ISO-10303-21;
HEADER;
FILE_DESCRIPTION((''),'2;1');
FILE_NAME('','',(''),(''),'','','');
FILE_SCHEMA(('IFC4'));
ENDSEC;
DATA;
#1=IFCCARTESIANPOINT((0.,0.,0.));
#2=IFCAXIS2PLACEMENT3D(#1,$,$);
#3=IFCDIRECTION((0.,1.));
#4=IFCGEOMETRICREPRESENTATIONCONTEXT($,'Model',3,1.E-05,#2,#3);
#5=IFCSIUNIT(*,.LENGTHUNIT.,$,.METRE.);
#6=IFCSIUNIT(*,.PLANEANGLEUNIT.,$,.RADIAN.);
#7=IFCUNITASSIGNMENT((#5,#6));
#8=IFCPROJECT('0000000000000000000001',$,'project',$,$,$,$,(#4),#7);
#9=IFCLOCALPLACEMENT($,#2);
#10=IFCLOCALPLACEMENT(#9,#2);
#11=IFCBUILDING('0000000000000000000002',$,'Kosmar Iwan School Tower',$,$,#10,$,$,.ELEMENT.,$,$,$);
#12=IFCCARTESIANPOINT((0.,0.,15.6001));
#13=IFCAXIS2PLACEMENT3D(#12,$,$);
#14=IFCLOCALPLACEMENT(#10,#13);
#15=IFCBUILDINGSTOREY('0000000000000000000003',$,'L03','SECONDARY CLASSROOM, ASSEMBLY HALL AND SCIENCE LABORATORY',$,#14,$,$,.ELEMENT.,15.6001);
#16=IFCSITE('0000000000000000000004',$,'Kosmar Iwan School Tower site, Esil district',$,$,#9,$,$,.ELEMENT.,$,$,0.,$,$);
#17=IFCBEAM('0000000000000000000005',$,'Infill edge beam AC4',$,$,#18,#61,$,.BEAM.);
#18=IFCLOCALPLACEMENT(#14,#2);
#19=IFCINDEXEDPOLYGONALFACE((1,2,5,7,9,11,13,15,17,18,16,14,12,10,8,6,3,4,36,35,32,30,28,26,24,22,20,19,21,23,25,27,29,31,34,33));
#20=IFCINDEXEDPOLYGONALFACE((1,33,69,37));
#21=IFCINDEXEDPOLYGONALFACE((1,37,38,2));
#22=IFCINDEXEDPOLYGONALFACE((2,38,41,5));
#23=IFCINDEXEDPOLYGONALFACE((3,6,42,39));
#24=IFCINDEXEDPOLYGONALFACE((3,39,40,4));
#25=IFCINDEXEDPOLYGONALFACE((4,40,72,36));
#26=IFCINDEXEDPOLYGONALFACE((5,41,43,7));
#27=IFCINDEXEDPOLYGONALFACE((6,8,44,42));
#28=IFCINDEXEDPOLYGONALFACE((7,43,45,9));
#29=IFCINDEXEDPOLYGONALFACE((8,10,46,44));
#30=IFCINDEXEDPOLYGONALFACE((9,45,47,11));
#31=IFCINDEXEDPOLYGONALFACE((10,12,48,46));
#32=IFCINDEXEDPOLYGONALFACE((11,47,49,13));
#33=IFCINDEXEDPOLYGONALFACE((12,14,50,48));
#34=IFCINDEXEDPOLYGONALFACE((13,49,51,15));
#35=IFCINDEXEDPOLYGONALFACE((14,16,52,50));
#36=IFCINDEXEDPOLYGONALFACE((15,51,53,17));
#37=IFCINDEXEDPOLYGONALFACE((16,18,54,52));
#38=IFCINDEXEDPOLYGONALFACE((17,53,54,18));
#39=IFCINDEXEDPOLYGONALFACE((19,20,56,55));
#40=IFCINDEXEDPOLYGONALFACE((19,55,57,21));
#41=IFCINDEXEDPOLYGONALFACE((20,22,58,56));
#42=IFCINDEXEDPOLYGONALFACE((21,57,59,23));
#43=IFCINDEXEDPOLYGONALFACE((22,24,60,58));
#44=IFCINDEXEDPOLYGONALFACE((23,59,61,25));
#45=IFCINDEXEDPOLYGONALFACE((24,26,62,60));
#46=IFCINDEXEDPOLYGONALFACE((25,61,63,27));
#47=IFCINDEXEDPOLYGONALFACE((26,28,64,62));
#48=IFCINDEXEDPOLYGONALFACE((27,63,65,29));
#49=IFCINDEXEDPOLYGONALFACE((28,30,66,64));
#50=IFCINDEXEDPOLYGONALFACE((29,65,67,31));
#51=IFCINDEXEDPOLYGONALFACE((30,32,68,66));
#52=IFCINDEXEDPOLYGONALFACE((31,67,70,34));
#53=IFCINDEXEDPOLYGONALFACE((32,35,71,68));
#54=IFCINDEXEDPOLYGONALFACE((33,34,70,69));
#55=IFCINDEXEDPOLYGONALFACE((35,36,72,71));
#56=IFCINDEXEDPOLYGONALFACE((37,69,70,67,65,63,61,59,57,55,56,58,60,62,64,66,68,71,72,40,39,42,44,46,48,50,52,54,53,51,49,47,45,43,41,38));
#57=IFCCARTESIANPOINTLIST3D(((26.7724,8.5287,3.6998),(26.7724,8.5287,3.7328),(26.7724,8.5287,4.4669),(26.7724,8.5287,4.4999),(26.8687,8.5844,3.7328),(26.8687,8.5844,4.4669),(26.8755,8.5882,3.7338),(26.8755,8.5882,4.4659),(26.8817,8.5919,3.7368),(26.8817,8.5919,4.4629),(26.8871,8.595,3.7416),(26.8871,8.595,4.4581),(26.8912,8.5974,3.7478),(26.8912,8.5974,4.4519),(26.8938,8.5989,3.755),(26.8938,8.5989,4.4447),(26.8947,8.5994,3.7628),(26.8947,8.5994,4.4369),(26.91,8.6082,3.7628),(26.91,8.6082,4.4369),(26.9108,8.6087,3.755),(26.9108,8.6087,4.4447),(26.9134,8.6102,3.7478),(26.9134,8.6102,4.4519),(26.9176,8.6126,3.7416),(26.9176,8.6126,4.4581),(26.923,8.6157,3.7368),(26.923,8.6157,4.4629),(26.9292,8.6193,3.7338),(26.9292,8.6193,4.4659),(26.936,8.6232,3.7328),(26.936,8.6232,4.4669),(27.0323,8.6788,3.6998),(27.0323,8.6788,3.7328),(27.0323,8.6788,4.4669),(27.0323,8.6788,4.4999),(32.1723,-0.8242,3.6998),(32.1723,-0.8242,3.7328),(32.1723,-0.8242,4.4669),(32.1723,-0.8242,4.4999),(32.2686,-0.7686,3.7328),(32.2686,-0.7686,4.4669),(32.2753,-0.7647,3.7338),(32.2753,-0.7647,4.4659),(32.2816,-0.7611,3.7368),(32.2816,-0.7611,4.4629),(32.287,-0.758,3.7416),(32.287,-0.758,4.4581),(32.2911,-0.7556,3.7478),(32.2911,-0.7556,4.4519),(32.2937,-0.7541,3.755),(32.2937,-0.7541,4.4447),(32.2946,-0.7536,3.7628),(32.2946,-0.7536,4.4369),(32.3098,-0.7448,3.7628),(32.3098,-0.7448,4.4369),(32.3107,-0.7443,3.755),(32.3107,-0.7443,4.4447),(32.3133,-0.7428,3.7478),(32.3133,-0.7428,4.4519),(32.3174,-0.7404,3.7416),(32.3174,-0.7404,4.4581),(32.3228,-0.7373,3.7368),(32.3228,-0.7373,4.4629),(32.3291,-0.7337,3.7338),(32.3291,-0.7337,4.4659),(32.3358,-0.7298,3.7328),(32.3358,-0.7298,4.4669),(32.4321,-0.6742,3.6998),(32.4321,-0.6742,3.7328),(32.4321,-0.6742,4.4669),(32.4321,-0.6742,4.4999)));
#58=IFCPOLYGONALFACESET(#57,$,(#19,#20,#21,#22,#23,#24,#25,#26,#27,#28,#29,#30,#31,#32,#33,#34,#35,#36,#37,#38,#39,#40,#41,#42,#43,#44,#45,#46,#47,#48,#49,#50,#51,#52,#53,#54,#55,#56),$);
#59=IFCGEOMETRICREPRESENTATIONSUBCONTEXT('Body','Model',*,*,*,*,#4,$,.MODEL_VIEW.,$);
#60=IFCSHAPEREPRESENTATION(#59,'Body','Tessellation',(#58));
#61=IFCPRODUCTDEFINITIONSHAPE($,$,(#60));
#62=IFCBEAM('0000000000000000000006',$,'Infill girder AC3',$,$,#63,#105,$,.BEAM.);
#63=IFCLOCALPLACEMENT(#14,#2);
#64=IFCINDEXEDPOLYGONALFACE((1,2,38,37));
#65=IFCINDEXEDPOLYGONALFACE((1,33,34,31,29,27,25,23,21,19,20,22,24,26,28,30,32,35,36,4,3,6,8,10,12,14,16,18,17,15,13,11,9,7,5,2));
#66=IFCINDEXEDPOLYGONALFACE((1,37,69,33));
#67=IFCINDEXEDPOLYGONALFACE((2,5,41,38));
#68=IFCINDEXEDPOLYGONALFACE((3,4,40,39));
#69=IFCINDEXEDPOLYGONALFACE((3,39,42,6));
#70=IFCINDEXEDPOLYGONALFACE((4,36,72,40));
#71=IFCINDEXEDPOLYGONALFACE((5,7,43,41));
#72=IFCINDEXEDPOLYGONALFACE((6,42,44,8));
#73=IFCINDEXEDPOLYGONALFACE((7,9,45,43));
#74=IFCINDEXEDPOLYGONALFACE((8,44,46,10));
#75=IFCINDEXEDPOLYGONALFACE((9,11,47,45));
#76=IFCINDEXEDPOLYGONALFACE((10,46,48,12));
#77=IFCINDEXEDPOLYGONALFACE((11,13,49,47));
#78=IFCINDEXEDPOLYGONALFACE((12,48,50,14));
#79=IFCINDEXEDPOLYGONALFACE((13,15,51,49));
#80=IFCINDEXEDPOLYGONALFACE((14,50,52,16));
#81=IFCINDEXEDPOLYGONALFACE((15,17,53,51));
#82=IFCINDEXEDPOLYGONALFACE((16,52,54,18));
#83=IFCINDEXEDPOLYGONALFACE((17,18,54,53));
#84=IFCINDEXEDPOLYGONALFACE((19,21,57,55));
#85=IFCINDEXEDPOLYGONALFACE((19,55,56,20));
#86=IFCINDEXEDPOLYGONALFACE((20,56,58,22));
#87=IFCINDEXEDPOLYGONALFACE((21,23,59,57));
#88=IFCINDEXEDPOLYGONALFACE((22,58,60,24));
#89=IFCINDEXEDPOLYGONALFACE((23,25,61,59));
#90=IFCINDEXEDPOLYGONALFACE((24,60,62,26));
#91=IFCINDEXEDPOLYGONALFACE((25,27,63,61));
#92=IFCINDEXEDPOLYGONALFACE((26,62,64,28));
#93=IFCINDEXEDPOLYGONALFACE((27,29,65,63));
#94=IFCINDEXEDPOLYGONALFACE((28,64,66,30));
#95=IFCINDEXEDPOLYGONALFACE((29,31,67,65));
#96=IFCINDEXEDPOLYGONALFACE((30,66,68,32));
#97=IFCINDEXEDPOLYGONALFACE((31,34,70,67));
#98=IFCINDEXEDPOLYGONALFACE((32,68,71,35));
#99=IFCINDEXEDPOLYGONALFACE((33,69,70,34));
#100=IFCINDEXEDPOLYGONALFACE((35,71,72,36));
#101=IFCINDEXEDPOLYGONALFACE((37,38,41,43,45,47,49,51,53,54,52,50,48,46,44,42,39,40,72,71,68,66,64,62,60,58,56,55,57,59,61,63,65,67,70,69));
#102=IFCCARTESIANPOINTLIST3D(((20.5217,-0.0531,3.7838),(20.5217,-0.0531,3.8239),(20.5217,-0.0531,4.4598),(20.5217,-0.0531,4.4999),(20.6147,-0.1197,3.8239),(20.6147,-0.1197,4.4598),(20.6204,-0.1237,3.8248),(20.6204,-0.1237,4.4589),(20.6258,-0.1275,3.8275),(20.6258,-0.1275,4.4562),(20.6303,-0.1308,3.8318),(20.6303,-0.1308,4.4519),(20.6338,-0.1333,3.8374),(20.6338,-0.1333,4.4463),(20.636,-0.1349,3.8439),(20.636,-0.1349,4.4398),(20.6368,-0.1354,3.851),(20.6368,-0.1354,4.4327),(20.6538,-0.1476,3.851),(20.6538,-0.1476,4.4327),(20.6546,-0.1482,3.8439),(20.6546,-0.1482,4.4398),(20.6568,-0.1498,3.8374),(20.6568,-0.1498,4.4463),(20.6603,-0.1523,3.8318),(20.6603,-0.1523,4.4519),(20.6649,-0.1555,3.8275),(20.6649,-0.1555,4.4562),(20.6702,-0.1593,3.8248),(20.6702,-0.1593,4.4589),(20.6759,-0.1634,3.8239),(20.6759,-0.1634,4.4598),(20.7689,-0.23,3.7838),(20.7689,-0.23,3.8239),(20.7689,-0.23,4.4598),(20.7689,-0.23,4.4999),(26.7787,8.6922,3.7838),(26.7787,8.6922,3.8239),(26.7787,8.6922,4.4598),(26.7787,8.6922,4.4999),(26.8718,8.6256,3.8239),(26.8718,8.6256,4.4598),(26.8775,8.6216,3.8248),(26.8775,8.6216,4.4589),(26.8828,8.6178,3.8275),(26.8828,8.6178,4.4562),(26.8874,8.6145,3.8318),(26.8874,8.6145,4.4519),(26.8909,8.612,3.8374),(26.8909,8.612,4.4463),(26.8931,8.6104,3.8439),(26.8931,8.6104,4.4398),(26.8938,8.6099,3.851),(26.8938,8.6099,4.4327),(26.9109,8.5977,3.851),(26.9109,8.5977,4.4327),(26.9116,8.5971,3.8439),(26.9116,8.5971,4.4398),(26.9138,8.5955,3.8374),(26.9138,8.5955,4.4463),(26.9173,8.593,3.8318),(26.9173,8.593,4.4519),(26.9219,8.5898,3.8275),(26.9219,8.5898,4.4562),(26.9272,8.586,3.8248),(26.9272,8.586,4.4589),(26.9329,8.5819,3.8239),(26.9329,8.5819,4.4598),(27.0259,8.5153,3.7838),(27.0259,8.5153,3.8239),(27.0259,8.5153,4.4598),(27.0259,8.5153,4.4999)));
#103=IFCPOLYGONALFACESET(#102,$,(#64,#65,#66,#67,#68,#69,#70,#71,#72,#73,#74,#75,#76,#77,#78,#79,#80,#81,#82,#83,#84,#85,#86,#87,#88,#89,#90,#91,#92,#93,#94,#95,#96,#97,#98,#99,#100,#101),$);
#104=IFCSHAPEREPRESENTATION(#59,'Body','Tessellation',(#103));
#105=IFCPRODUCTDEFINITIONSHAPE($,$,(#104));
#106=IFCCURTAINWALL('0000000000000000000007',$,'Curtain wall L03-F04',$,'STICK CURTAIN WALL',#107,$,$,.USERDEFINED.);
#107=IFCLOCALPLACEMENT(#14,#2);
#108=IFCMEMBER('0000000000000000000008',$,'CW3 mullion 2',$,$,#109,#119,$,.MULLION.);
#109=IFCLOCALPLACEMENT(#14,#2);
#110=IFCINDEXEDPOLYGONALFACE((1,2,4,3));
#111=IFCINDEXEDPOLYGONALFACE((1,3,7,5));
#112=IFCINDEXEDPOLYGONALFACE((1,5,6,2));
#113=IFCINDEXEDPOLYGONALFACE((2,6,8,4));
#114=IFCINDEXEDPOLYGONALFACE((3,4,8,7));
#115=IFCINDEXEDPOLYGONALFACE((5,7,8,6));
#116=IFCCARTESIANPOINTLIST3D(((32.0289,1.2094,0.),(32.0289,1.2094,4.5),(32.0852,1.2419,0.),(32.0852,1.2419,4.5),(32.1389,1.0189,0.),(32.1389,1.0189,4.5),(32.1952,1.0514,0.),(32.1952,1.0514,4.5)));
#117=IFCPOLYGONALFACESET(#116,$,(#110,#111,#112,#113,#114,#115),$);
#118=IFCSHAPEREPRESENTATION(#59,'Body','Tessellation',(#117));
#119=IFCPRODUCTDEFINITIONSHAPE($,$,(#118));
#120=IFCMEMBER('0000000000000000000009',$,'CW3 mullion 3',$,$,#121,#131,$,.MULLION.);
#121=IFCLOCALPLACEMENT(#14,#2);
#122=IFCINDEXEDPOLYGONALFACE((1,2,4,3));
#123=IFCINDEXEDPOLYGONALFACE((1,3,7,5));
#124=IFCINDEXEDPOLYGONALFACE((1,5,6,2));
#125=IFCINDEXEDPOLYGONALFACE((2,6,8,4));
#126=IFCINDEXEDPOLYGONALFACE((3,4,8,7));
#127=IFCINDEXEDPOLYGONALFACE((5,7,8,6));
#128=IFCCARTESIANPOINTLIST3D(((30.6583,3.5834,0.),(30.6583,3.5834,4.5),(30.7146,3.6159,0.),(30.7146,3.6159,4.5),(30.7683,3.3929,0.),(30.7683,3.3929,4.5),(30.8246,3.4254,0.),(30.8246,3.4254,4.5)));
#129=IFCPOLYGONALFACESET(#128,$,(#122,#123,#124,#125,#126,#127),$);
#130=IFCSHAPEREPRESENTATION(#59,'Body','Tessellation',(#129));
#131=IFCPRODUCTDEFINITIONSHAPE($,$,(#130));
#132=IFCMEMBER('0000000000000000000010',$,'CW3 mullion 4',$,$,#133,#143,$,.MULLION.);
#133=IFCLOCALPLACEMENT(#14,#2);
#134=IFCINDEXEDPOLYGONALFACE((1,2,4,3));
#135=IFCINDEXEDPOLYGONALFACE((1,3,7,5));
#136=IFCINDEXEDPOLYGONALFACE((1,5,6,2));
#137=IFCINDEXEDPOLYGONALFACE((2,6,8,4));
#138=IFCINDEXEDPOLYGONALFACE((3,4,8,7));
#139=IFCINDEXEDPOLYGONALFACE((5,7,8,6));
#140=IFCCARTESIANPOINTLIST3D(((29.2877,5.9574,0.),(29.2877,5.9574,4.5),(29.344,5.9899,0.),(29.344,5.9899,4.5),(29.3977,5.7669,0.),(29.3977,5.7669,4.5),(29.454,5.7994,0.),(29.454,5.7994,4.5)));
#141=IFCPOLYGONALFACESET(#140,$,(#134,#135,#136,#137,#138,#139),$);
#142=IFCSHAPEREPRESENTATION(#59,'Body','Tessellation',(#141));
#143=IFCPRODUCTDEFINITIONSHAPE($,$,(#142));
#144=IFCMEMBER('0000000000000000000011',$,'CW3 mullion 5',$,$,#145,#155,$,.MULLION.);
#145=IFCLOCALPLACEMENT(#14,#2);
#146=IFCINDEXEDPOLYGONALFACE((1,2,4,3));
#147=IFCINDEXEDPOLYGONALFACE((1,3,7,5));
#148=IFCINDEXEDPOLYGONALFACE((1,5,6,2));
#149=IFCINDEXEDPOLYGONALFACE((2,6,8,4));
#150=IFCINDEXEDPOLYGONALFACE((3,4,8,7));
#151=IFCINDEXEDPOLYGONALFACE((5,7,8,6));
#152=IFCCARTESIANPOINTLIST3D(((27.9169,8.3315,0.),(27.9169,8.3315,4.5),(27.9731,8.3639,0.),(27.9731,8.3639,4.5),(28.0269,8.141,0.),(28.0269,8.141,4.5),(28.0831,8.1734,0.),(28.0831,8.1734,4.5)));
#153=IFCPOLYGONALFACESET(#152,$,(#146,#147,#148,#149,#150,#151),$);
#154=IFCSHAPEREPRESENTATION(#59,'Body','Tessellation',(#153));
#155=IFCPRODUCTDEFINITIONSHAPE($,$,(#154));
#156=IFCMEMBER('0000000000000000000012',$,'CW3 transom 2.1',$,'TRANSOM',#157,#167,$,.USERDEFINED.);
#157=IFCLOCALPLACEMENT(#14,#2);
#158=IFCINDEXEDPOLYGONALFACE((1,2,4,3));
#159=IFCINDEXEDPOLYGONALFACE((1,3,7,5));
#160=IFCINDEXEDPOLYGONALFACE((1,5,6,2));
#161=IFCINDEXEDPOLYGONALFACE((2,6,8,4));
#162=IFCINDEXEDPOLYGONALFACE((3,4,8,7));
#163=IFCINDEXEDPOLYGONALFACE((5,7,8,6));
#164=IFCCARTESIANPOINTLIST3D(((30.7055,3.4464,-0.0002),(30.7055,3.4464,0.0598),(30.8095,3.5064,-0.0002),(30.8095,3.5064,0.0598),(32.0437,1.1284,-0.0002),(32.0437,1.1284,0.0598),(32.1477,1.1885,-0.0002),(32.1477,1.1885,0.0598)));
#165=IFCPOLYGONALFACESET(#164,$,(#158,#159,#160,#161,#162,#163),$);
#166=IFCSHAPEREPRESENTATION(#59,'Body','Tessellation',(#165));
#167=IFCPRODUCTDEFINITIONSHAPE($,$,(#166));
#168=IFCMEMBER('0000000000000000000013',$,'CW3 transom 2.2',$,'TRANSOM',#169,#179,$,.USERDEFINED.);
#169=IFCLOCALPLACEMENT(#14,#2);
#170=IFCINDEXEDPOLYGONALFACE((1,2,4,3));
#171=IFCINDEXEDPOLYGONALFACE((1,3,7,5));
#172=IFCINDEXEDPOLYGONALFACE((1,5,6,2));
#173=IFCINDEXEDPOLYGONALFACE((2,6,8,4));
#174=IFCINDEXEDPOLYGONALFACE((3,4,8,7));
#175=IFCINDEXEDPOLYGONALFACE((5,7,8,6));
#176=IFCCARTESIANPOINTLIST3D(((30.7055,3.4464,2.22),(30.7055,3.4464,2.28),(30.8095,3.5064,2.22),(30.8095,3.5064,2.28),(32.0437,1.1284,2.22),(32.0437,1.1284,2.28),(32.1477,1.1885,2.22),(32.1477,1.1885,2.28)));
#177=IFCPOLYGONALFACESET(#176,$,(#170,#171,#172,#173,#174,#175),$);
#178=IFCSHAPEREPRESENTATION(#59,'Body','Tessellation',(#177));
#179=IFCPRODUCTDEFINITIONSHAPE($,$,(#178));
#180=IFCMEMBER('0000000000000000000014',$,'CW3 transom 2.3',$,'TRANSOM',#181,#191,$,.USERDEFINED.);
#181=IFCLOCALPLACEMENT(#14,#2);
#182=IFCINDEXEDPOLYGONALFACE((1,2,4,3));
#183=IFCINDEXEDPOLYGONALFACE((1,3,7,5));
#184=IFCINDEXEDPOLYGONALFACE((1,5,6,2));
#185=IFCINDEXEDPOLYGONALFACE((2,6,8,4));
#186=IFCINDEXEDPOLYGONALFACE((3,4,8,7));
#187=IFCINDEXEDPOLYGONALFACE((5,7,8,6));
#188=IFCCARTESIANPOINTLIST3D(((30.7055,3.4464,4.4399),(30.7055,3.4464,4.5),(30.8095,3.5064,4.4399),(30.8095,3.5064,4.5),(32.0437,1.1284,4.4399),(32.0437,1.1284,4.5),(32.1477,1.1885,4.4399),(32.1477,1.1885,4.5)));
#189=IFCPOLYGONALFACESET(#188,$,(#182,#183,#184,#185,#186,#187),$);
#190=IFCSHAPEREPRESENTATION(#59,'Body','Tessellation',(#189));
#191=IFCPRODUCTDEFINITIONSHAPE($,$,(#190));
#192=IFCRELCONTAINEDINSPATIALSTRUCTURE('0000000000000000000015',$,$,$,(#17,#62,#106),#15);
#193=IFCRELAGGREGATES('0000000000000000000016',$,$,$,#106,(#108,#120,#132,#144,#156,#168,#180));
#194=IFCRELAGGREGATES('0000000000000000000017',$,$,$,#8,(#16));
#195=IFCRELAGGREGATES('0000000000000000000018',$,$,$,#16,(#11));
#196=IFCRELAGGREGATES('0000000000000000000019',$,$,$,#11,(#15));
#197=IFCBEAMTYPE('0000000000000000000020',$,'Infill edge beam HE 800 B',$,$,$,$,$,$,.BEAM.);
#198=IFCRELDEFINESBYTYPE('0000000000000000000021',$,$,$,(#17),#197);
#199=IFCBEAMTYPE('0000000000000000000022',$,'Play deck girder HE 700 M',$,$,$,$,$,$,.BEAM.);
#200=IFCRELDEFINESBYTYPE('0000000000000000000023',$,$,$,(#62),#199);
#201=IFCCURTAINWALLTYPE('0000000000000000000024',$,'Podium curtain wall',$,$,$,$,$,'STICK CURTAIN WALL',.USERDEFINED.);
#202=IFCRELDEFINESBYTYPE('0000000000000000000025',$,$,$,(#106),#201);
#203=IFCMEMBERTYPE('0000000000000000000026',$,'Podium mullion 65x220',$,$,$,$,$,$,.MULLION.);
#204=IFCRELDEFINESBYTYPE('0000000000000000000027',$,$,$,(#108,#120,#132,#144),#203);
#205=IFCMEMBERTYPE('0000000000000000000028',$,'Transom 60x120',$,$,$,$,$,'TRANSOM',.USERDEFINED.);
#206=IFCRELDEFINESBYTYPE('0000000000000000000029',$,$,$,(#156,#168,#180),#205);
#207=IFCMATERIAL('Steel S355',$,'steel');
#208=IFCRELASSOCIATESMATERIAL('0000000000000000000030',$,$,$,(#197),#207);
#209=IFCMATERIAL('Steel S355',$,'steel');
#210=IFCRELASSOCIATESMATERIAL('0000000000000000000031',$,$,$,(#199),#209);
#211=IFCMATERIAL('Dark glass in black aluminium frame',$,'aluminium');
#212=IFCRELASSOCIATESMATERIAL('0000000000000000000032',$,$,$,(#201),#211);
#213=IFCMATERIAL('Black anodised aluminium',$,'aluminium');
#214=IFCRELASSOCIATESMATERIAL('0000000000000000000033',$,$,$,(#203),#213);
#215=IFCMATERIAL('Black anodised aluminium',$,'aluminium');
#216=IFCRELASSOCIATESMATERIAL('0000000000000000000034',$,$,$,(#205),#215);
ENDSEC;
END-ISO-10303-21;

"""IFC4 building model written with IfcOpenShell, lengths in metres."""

from ifc_helpers import new_model, si_unit, direction, frame, origin, origin_2d, place, context, subcontext, project, spatial, rectangle, i_section, extrude, material, material_profile, profile_set, type_object, element, aggregate, save


model = new_model("IFC4")

# Units and contexts
model_context = context("Model", 3, precision=1e-05, world=origin(), true_north=direction((0.0, 1.0)))
body_context = subcontext(model_context, "Body", "Model", "MODEL_VIEW")
ifc_project = project(units=[si_unit("LENGTHUNIT", "METRE"), si_unit("PLANEANGLEUNIT", "RADIAN")], contexts=[model_context])

# Site, building, storey
site_placement = place(None, origin())
site = spatial("IfcSite", under=ifc_project, at=site_placement, Name="Kosmar Iwan School Tower site, Esil district", CompositionType="ELEMENT", RefElevation=0.0)
building_placement = place(site_placement, origin())
building = spatial("IfcBuilding", under=site, at=building_placement, Name="Kosmar Iwan School Tower", CompositionType="ELEMENT")
storey_placement = place(building_placement, frame((0.0, 0.0, 15.6001)))
storey = spatial("IfcBuildingStorey", under=building, at=storey_placement, Name="L03", Description="SECONDARY CLASSROOM, ASSEMBLY HALL AND SCIENCE LABORATORY", CompositionType="ELEMENT", Elevation=15.6001)

# Beams
ifc_material_1 = material(Name="Steel S355", Category="steel")
ifc_material_profile_1 = material_profile(ifc_material_1, i_section(OverallWidth=0.3, OverallDepth=0.8, WebThickness=0.0176, FlangeThickness=0.033, FilletRadius=0.03, at=origin_2d()), Name="HE 800 B")
ifc_profile_set_1 = profile_set([ifc_material_profile_1], Name="Steel S355")
beam_type_1 = type_object("IfcBeamType", Name="Infill edge beam HE 800 B", PredefinedType="BEAM", material=ifc_profile_set_1)
beam_1_placement = place(storey_placement, frame((26.9023, 8.6038, 4.0999), z_axis=(0.499995, -0.866028, 0.0), x_axis=(0.866028, 0.499995, 0.0)))
element("IfcBeam", 1, at=beam_1_placement, inside=storey, type_object=beam_type_1, Name="Infill edge beam AC4", PredefinedType="BEAM", context=body_context, shape_type="SweptSolid", body=[
    extrude(i_section(OverallWidth=0.3, OverallDepth=0.8, WebThickness=0.0176, FlangeThickness=0.033, FilletRadius=0.03, at=origin_2d()), origin(), (0.0, 0.0, 1.0), 10.7998),
])
ifc_material_2 = material(Name="Steel S355", Category="steel")
ifc_material_profile_2 = material_profile(ifc_material_2, i_section(OverallWidth=0.304, OverallDepth=0.7161, WebThickness=0.021, FlangeThickness=0.04, FilletRadius=0.0271, at=origin_2d()), Name="HE 700 M")
ifc_profile_set_2 = profile_set([ifc_material_profile_2], Name="Steel S355")
beam_type_2 = type_object("IfcBeamType", Name="Play deck girder HE 700 M", PredefinedType="BEAM", material=ifc_profile_set_2)
beam_2_placement = place(storey_placement, frame((26.9023, 8.6038, 4.1418), z_axis=(-0.581878, -0.813276, 0.0), x_axis=(0.813276, -0.581878, 0.0)))
element("IfcBeam", 2, at=beam_2_placement, inside=storey, type_object=beam_type_2, Name="Infill girder AC3", PredefinedType="BEAM", context=body_context, shape_type="SweptSolid", body=[
    extrude(i_section(OverallWidth=0.304, OverallDepth=0.7161, WebThickness=0.021, FlangeThickness=0.04, FilletRadius=0.0271, at=origin_2d()), origin(), (0.0, 0.0, 1.0), 10.7532),
])

# Curtain wall, members
ifc_material_3 = material(Name="Dark glass in black aluminium frame", Category="aluminium")
curtain_wall_type = type_object("IfcCurtainWallType", Name="Podium curtain wall", ElementType="STICK CURTAIN WALL", PredefinedType="USERDEFINED", material=ifc_material_3)
curtain_wall_placement = place(storey_placement, origin())
curtain_wall = element("IfcCurtainWall", 3, at=curtain_wall_placement, inside=storey, type_object=curtain_wall_type, Name="Curtain wall L03-F04", ObjectType="STICK CURTAIN WALL", PredefinedType="USERDEFINED")
ifc_material_4 = material(Name="Black anodised aluminium", Category="aluminium")
ifc_material_profile_3 = material_profile(ifc_material_4, rectangle(XDim=0.0649, YDim=0.22, at=origin_2d()), Name="MULLION 65x220")
ifc_profile_set_3 = profile_set([ifc_material_profile_3], Name="Black anodised aluminium")
member_type_1 = type_object("IfcMemberType", Name="Podium mullion 65x220", PredefinedType="MULLION", material=ifc_profile_set_3)
member_1_placement = place(storey_placement, frame((32.1121, 1.1304, 0.0), z_axis=(0.0, 0.0, 1.0), x_axis=(-0.866025, -0.5, 0.0)))
member_1 = element("IfcMember", 4, at=member_1_placement, type_object=member_type_1, Name="CW3 mullion 2", PredefinedType="MULLION", context=body_context, shape_type="SweptSolid", body=[
    extrude(rectangle(XDim=0.0649, YDim=0.22, at=origin_2d()), origin(), (0.0, 0.0, 1.0), 4.5),
])
member_2_placement = place(storey_placement, frame((30.7415, 3.5044, 0.0), z_axis=(0.0, 0.0, 1.0), x_axis=(-0.866025, -0.5, 0.0)))
member_2 = element("IfcMember", 5, at=member_2_placement, type_object=member_type_1, Name="CW3 mullion 3", PredefinedType="MULLION", context=body_context, shape_type="SweptSolid", body=[
    extrude(rectangle(XDim=0.0649, YDim=0.22, at=origin_2d()), origin(), (0.0, 0.0, 1.0), 4.5),
])
member_3_placement = place(storey_placement, frame((29.3708, 5.8784, 0.0), z_axis=(0.0, 0.0, 1.0), x_axis=(-0.866025, -0.5, 0.0)))
member_3 = element("IfcMember", 6, at=member_3_placement, type_object=member_type_1, Name="CW3 mullion 4", PredefinedType="MULLION", context=body_context, shape_type="SweptSolid", body=[
    extrude(rectangle(XDim=0.0649, YDim=0.22, at=origin_2d()), origin(), (0.0, 0.0, 1.0), 4.5),
])
member_4_placement = place(storey_placement, frame((28.0, 8.2524, 0.0), z_axis=(0.0, 0.0, 1.0), x_axis=(-0.866025, -0.5, 0.0)))
member_4 = element("IfcMember", 7, at=member_4_placement, type_object=member_type_1, Name="CW3 mullion 5", PredefinedType="MULLION", context=body_context, shape_type="SweptSolid", body=[
    extrude(rectangle(XDim=0.0649, YDim=0.22, at=origin_2d()), origin(), (0.0, 0.0, 1.0), 4.5),
])
ifc_material_5 = material(Name="Black anodised aluminium", Category="aluminium")
ifc_material_profile_4 = material_profile(ifc_material_5, rectangle(XDim=0.1201, YDim=0.0601, at=origin_2d()), Name="TRANSOM 60x120")
ifc_profile_set_4 = profile_set([ifc_material_profile_4], Name="Black anodised aluminium")
member_type_2 = type_object("IfcMemberType", Name="Transom 60x120", ElementType="TRANSOM", PredefinedType="USERDEFINED", material=ifc_profile_set_4)
member_5_placement = place(storey_placement, frame((32.0957, 1.1584, 0.0298), z_axis=(-0.499975, 0.86604, 0.0), x_axis=(-0.86604, -0.499975, 0.0)))
member_5 = element("IfcMember", 8, at=member_5_placement, type_object=member_type_2, Name="CW3 transom 2.1", ObjectType="TRANSOM", PredefinedType="USERDEFINED", context=body_context, shape_type="SweptSolid", body=[
    extrude(rectangle(XDim=0.1201, YDim=0.0601, at=origin_2d()), origin(), (0.0, 0.0, 1.0), 2.6765),
])
member_6_placement = place(storey_placement, frame((32.0957, 1.1584, 2.25), z_axis=(-0.499975, 0.86604, 0.0), x_axis=(-0.86604, -0.499975, 0.0)))
member_6 = element("IfcMember", 9, at=member_6_placement, type_object=member_type_2, Name="CW3 transom 2.2", ObjectType="TRANSOM", PredefinedType="USERDEFINED", context=body_context, shape_type="SweptSolid", body=[
    extrude(rectangle(XDim=0.1201, YDim=0.0601, at=origin_2d()), origin(), (0.0, 0.0, 1.0), 2.6765),
])
member_7_placement = place(storey_placement, frame((32.0957, 1.1584, 4.47), z_axis=(-0.499975, 0.86604, 0.0), x_axis=(-0.86604, -0.499975, 0.0)))
member_7 = element("IfcMember", 10, at=member_7_placement, type_object=member_type_2, Name="CW3 transom 2.3", ObjectType="TRANSOM", PredefinedType="USERDEFINED", context=body_context, shape_type="SweptSolid", body=[
    extrude(rectangle(XDim=0.1201, YDim=0.0601, at=origin_2d()), origin(), (0.0, 0.0, 1.0), 2.6765),
])
aggregate(curtain_wall, [member_1, member_2, member_3, member_4, member_5, member_6, member_7])

save(model, "model.ifc")
